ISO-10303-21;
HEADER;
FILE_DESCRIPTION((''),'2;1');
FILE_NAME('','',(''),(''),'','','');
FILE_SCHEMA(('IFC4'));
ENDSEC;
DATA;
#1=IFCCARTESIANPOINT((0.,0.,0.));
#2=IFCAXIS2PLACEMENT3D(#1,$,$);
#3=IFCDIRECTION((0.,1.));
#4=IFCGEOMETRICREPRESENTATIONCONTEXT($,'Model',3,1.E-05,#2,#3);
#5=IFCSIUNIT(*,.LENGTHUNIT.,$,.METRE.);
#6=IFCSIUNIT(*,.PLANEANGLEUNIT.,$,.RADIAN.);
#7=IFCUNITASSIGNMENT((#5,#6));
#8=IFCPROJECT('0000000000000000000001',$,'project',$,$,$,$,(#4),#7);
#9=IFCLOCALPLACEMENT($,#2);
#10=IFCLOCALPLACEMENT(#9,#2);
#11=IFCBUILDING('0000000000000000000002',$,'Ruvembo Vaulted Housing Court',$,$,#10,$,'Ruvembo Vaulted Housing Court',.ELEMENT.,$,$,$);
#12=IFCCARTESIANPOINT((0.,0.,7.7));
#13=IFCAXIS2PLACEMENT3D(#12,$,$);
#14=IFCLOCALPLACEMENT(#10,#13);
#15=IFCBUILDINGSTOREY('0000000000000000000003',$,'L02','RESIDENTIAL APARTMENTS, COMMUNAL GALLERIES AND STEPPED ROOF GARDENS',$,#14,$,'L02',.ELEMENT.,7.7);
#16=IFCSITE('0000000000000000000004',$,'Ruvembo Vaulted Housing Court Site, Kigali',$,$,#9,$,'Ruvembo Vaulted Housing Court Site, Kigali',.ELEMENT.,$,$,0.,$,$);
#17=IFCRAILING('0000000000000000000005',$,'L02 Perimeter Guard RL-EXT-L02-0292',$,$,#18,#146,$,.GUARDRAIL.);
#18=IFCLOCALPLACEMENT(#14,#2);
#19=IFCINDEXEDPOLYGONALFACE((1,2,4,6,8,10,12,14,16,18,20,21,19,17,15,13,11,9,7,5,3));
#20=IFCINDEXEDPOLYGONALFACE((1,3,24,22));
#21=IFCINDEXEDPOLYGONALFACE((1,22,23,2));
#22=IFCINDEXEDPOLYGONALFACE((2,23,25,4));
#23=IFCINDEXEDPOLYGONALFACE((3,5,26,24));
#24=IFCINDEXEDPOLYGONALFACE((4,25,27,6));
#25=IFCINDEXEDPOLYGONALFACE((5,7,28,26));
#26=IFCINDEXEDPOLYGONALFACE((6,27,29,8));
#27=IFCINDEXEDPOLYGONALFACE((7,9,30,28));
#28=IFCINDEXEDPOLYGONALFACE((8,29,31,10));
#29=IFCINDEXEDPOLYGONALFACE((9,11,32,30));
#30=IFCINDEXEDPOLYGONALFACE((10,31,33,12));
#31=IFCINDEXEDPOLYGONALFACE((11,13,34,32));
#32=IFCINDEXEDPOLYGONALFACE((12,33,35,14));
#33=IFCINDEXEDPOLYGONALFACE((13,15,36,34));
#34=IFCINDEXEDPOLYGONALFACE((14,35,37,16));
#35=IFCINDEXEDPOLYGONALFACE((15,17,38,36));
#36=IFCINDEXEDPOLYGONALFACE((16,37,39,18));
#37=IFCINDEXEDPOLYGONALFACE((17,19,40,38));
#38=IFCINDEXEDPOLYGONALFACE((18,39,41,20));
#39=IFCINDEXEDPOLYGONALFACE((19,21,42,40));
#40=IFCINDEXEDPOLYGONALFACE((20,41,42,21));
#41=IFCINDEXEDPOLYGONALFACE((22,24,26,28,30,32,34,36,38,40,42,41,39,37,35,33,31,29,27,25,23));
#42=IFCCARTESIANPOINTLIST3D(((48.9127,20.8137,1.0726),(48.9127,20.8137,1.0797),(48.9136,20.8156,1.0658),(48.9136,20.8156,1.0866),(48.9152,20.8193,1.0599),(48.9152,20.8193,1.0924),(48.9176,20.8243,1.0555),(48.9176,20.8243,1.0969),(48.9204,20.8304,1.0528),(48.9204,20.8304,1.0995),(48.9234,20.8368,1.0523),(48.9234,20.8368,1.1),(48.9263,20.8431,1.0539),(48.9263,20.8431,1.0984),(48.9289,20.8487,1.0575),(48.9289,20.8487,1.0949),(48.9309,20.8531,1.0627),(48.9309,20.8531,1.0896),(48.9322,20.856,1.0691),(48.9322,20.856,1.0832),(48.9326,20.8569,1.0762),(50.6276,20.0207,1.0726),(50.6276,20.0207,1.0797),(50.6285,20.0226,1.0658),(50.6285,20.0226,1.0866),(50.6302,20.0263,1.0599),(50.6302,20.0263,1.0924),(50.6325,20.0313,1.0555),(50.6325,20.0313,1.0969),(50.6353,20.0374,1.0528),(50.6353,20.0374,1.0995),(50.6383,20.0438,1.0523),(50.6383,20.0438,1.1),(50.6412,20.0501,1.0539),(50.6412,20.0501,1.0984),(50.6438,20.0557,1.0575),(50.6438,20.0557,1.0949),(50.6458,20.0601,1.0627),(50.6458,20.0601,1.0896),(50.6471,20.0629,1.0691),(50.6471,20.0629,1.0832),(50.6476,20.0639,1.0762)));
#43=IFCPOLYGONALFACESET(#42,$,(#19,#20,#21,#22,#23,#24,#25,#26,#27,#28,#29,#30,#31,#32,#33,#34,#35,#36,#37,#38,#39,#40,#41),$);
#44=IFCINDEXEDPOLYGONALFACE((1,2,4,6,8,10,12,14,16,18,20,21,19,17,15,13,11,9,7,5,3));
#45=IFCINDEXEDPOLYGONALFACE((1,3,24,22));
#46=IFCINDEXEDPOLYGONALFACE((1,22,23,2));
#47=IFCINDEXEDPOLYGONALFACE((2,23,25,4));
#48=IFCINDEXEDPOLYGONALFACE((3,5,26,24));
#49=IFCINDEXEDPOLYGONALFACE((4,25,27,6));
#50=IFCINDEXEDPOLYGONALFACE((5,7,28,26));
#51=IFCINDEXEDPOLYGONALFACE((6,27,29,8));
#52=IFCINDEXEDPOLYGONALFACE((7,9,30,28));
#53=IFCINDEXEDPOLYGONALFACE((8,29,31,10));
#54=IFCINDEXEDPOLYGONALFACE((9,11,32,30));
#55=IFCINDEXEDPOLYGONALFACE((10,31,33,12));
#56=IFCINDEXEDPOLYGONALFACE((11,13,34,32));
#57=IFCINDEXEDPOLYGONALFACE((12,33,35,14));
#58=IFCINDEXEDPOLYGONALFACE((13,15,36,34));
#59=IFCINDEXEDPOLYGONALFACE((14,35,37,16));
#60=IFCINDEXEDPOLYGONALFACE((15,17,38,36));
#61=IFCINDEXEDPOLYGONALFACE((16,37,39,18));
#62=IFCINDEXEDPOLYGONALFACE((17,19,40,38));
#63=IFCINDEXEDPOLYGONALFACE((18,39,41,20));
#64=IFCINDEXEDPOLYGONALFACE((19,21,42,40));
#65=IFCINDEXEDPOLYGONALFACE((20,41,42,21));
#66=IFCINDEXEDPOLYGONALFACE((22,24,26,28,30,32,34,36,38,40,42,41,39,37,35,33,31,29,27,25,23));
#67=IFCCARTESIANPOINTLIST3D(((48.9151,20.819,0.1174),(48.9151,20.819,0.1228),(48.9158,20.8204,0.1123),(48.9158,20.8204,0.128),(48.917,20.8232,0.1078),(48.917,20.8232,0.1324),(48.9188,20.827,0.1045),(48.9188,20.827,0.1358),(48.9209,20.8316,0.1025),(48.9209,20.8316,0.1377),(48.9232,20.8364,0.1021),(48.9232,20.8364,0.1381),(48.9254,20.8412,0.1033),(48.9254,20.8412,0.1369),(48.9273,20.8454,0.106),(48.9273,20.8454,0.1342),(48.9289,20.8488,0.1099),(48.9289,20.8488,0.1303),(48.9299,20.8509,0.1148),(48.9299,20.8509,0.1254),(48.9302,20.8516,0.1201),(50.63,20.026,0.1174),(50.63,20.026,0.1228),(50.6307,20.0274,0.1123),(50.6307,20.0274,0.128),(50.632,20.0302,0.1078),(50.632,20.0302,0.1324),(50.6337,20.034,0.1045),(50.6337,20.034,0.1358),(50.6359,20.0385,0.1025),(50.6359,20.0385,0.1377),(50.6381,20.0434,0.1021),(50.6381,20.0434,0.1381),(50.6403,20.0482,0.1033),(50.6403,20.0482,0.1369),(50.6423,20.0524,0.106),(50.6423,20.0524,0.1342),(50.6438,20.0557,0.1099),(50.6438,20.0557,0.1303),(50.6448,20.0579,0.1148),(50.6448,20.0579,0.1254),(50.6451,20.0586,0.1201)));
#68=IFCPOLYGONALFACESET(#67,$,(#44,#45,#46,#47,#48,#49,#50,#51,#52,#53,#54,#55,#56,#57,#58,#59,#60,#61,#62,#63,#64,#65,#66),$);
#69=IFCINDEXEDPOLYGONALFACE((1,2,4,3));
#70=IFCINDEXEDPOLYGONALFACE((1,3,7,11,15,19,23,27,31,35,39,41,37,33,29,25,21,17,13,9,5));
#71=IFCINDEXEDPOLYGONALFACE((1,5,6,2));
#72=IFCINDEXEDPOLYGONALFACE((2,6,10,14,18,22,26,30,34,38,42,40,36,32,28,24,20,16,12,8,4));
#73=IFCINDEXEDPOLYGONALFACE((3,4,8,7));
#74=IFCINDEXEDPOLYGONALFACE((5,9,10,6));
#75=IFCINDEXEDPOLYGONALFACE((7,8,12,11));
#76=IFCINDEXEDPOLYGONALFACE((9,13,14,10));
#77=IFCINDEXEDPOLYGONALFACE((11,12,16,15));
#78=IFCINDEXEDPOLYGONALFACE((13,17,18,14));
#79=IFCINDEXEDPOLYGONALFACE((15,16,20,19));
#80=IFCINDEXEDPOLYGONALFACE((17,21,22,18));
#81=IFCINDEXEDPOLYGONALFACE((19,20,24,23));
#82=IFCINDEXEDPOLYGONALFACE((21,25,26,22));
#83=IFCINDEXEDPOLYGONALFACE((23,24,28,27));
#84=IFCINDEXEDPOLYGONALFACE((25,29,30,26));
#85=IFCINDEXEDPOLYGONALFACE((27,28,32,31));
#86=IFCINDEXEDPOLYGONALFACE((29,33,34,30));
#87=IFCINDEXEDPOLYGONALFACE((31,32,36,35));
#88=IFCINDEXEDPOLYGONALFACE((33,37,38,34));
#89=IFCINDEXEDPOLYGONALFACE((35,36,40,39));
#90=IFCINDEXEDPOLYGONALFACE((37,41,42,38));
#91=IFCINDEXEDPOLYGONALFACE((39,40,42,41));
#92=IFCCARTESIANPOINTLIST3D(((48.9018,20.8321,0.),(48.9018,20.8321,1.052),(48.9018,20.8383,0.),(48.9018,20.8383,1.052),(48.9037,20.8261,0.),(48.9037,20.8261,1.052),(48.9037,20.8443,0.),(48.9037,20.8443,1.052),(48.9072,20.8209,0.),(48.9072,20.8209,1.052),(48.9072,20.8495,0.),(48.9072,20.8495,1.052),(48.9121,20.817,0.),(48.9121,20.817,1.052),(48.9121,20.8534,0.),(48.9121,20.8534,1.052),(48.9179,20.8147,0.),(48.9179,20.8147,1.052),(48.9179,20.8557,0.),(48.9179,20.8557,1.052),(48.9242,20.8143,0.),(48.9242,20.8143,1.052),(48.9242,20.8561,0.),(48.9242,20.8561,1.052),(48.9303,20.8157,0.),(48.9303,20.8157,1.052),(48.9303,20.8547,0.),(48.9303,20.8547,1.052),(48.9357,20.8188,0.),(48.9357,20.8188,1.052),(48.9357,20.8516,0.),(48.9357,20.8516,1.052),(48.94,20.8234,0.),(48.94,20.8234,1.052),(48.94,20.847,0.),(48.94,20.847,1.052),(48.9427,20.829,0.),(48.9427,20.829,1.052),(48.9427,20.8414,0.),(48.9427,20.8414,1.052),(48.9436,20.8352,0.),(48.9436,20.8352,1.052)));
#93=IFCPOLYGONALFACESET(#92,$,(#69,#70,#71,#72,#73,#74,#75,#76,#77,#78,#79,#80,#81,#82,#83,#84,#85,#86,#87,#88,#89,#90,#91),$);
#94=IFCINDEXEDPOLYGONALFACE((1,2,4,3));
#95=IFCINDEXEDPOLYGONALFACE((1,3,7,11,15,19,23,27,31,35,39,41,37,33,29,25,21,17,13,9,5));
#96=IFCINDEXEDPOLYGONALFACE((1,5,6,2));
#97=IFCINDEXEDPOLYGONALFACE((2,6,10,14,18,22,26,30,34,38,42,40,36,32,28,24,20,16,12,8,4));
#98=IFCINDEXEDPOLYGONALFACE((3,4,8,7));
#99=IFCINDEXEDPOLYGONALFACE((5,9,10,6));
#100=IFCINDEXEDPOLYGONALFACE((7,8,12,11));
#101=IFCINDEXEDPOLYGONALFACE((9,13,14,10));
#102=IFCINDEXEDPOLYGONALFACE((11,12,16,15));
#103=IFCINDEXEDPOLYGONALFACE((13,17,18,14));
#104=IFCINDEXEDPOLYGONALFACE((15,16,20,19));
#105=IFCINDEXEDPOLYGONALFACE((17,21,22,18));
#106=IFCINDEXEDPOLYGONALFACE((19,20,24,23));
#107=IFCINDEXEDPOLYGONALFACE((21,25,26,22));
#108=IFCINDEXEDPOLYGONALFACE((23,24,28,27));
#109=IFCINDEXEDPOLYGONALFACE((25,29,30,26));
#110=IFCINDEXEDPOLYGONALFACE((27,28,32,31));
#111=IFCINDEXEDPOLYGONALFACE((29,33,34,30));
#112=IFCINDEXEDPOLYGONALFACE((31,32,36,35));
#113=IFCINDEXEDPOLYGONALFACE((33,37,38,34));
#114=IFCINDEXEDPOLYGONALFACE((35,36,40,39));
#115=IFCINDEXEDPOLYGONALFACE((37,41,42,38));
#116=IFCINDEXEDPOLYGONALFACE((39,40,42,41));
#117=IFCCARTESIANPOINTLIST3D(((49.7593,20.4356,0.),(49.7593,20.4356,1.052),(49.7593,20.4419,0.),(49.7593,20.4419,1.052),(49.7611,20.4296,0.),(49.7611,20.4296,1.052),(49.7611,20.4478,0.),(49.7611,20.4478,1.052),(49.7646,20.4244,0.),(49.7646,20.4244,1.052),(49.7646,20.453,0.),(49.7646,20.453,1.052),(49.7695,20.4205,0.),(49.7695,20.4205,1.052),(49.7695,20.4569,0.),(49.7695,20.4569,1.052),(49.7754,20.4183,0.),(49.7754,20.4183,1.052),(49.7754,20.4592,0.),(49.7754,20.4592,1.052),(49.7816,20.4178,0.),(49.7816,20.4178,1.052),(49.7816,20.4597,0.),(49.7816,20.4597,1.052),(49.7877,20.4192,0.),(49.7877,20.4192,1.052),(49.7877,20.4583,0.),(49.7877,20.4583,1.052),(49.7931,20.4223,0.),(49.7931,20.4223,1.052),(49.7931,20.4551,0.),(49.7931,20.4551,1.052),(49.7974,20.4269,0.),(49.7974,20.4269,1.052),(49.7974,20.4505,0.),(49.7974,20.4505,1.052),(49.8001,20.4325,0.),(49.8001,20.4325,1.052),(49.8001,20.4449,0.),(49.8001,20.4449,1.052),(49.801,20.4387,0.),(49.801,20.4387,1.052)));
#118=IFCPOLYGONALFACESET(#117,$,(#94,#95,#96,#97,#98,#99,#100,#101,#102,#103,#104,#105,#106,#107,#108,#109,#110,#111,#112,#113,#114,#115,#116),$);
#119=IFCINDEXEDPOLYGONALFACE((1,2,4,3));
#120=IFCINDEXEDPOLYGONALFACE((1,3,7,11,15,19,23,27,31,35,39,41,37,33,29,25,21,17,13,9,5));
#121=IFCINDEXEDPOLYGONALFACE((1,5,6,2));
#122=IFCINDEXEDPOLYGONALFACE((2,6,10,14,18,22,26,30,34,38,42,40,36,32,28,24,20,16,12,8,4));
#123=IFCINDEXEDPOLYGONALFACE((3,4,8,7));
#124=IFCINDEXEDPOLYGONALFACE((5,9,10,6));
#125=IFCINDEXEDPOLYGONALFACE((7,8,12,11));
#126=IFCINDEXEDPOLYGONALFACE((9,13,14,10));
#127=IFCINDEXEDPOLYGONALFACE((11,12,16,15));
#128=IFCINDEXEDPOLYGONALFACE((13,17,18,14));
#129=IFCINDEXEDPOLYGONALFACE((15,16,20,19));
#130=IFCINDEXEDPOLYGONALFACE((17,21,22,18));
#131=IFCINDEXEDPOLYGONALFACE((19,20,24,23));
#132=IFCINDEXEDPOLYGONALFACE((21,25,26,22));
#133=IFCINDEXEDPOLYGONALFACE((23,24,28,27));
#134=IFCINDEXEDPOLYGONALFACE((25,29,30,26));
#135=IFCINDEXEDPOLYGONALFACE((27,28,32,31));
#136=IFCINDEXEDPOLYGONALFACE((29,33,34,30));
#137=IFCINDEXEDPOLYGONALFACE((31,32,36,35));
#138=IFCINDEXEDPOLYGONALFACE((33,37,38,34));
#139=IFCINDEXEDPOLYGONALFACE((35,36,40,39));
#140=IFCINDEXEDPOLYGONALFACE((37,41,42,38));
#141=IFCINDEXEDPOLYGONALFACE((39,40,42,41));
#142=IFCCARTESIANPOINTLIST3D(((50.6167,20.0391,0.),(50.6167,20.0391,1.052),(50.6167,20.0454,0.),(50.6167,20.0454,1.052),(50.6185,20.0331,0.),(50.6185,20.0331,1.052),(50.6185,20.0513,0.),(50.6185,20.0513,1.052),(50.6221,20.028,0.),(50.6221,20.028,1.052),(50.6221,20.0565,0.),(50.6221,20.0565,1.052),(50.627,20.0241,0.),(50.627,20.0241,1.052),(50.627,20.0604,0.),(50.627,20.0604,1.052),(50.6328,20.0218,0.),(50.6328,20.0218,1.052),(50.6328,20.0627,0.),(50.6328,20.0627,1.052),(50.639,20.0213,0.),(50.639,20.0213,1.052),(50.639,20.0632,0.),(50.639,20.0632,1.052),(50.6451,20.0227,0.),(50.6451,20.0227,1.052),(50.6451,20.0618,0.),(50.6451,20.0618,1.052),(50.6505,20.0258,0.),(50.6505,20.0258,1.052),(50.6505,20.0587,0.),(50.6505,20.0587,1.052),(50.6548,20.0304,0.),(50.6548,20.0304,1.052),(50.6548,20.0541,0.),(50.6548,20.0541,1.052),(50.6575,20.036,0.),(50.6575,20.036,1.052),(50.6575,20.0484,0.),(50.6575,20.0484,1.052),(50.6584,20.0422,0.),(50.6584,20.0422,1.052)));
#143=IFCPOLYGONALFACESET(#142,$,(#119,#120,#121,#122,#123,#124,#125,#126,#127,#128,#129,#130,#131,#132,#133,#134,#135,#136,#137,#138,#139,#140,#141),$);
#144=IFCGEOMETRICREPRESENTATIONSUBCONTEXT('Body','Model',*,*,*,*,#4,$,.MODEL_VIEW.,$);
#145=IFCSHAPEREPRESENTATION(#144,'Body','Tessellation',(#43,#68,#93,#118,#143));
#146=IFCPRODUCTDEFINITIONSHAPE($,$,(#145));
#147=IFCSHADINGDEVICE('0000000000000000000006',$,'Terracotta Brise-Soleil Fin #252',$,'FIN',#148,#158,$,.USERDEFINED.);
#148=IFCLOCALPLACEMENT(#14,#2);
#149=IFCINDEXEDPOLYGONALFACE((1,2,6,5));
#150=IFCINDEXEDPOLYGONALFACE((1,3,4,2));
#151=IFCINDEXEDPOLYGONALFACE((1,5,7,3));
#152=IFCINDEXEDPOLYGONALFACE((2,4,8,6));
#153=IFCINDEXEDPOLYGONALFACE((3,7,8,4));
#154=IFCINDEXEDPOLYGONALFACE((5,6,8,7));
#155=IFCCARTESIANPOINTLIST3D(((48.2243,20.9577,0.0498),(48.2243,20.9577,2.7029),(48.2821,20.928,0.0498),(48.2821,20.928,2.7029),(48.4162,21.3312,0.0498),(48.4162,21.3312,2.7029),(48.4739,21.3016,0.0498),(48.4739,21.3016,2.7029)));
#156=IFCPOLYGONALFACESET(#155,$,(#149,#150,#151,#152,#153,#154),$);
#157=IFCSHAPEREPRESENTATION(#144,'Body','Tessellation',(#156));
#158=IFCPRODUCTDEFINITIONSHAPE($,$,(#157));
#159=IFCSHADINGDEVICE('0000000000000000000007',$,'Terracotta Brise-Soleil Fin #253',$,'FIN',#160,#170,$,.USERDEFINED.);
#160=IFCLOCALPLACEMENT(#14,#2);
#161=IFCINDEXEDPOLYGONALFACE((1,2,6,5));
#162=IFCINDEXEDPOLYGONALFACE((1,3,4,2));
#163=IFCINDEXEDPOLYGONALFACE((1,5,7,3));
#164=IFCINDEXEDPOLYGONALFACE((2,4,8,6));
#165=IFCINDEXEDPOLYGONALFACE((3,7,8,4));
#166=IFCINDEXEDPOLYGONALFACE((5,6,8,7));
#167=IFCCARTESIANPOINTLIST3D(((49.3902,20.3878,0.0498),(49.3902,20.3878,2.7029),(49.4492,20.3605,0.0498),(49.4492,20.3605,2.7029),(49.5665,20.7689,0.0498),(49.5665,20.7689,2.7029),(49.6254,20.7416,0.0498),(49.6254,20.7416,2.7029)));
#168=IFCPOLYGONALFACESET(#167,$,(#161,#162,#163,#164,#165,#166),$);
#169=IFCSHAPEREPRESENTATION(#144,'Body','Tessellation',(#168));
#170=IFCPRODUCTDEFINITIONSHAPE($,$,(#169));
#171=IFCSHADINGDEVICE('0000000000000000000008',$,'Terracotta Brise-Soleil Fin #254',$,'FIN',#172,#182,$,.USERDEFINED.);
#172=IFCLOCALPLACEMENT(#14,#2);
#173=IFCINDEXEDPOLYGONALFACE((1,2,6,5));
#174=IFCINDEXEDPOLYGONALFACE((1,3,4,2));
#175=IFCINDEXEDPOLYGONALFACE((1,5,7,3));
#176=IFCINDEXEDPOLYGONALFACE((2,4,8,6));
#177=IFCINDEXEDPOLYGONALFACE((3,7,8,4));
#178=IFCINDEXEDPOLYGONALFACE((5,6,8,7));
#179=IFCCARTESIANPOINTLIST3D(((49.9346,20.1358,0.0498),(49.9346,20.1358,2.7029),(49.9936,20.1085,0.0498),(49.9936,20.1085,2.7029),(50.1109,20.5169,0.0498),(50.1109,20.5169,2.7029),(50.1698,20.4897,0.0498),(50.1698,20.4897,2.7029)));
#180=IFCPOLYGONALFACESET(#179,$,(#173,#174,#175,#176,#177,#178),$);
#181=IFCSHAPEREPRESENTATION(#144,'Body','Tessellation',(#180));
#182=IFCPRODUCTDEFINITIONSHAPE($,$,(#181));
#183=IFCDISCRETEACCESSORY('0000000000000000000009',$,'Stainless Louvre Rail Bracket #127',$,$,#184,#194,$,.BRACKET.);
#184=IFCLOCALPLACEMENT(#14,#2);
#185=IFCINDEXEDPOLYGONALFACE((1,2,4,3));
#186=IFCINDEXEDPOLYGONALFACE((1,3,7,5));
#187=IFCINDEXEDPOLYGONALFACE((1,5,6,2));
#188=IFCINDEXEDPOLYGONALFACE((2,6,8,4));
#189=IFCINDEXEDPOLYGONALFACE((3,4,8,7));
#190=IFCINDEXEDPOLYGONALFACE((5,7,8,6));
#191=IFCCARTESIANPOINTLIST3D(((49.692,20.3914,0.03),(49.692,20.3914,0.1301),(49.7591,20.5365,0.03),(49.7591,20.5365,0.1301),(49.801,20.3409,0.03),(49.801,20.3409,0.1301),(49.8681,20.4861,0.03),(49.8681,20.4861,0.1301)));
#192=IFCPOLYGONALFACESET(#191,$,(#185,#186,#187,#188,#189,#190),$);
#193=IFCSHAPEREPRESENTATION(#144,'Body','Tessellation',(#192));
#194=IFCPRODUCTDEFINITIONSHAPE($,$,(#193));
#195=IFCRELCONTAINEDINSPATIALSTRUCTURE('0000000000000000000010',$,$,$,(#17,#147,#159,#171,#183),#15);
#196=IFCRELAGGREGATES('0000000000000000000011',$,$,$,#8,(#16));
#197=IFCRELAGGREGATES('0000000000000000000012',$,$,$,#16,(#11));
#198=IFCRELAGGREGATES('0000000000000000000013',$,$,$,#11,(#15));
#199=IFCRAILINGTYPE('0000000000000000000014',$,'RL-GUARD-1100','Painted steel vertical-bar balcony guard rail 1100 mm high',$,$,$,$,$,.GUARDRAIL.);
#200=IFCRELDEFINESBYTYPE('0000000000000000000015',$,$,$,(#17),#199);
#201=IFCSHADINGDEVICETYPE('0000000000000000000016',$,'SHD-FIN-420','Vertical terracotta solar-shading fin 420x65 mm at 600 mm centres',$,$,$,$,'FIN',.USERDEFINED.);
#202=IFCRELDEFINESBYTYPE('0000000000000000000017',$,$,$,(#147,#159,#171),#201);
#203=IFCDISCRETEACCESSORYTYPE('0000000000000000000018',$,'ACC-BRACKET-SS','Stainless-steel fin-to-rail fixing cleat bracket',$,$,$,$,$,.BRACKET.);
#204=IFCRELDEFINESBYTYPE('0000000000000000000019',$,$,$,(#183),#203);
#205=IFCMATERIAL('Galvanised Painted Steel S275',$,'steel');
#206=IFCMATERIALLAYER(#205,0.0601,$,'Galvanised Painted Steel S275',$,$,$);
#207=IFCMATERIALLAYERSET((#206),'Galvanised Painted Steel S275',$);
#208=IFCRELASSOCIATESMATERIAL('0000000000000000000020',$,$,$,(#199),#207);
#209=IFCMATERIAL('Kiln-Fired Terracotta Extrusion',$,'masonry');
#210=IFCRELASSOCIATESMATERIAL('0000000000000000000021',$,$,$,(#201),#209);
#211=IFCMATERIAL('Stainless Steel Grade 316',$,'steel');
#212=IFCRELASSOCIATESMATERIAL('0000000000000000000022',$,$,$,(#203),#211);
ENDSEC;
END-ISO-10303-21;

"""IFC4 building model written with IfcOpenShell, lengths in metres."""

from ifc_helpers import new_model, si_unit, direction, frame, origin, origin_2d, place, context, subcontext, project, spatial, rectangle, circle, extrude, material, layer, layer_set, type_object, element, save


model = new_model("IFC4")

# Units and contexts
model_context = context("Model", 3, precision=1e-05, world=origin(), true_north=direction((0.0, 1.0)))
body_context = subcontext(model_context, "Body", "Model", "MODEL_VIEW")
ifc_project = project(units=[si_unit("LENGTHUNIT", "METRE"), si_unit("PLANEANGLEUNIT", "RADIAN")], contexts=[model_context])

# Site, building, storey
site_placement = place(None, origin())
site = spatial("IfcSite", under=ifc_project, at=site_placement, Name="Ruvembo Vaulted Housing Court Site, Kigali", LongName="Ruvembo Vaulted Housing Court Site, Kigali", CompositionType="ELEMENT", RefElevation=0.0)
building_placement = place(site_placement, origin())
building = spatial("IfcBuilding", under=site, at=building_placement, Name="Ruvembo Vaulted Housing Court", LongName="Ruvembo Vaulted Housing Court", CompositionType="ELEMENT")
storey_placement = place(building_placement, frame((0.0, 0.0, 7.7)))
storey = spatial("IfcBuildingStorey", under=building, at=storey_placement, Name="L02", Description="RESIDENTIAL APARTMENTS, COMMUNAL GALLERIES AND STEPPED ROOF GARDENS", LongName="L02", CompositionType="ELEMENT", Elevation=7.7)

# Railing
ifc_material_1 = material(Name="Galvanised Painted Steel S275", Category="steel")
ifc_layer_1 = layer(ifc_material_1, 0.0601, Name="Galvanised Painted Steel S275")
ifc_layer_set_1 = layer_set([ifc_layer_1], Name="Galvanised Painted Steel S275")
railing_type = type_object("IfcRailingType", Name="RL-GUARD-1100", Description="Painted steel vertical-bar balcony guard rail 1100 mm high", PredefinedType="GUARDRAIL", material=ifc_layer_set_1)
railing_placement = place(storey_placement, frame((48.9226, 20.8352, 0.0)))
element("IfcRailing", 1, at=railing_placement, inside=storey, type_object=railing_type, Name="L02 Perimeter Guard RL-EXT-L02-0292", PredefinedType="GUARDRAIL", context=body_context, shape_type="SweptSolid", body=[
    extrude(circle(Radius=0.0239, at=origin_2d()), frame((0.0, 0.0, 1.0762), z_axis=(0.907657, -0.419714, 0.0), x_axis=(0.419714, 0.907657, 0.0)), (0.0, 0.0, 1.0), 1.8894),
    extrude(circle(Radius=0.0181, at=origin_2d()), frame((0.0, 0.0, 0.1201), z_axis=(0.907657, -0.419714, 0.0), x_axis=(0.419714, 0.907657, 0.0)), (0.0, 0.0, 1.0), 1.8894),
    extrude(circle(Radius=0.021, at=origin_2d()), origin(), (0.0, 0.0, 1.0), 1.052),
    extrude(circle(Radius=0.021, at=origin_2d()), frame((0.8574, -0.3965, 0.0)), (0.0, 0.0, 1.0), 1.052),
    extrude(circle(Radius=0.021, at=origin_2d()), frame((1.7148, -0.793, 0.0)), (0.0, 0.0, 1.0), 1.052),
])

# Shading devices
ifc_material_2 = material(Name="Kiln-Fired Terracotta Extrusion", Category="masonry")
shading_device_type = type_object("IfcShadingDeviceType", Name="SHD-FIN-420", Description="Vertical terracotta solar-shading fin 420x65 mm at 600 mm centres", ElementType="FIN", PredefinedType="USERDEFINED", material=ifc_material_2)
for number, where, z_axis, x_axis, name in (
    (2, (48.3491, 21.1296, 0.0498), (0.0, 0.0, 1.0), (-0.45685, -0.889544, 0.0), "Terracotta Brise-Soleil Fin #252"),
    (3, (49.5078, 20.5647, 0.0498), (0.0, 0.0, 1.0), (-0.419737, -0.907646, 0.0), "Terracotta Brise-Soleil Fin #253"),
    (4, (50.0522, 20.3127, 0.0498), (0.0, 0.0, 1.0), (-0.419737, -0.907646, 0.0), "Terracotta Brise-Soleil Fin #254"),
):
    element("IfcShadingDevice", number, at=place(storey_placement, frame(where, z_axis=z_axis, x_axis=x_axis)), inside=storey, type_object=shading_device_type, Name=name, ObjectType="FIN", PredefinedType="USERDEFINED", context=body_context, shape_type="SweptSolid", body=[
        extrude(rectangle(XDim=0.4199, YDim=0.0649, at=origin_2d()), origin(), (0.0, 0.0, 1.0), 2.6531),
    ])

# Discrete accessory
ifc_material_3 = material(Name="Stainless Steel Grade 316", Category="steel")
discrete_accessory_type = type_object("IfcDiscreteAccessoryType", Name="ACC-BRACKET-SS", Description="Stainless-steel fin-to-rail fixing cleat bracket", PredefinedType="BRACKET", material=ifc_material_3)
discrete_accessory_placement = place(storey_placement, frame((49.78, 20.4387, 0.03), z_axis=(0.0, 0.0, 1.0), x_axis=(-0.419737, -0.907646, 0.0)))
element("IfcDiscreteAccessory", 5, at=discrete_accessory_placement, inside=storey, type_object=discrete_accessory_type, Name="Stainless Louvre Rail Bracket #127", PredefinedType="BRACKET", context=body_context, shape_type="SweptSolid", body=[
    extrude(rectangle(XDim=0.1599, YDim=0.1201, at=origin_2d()), origin(), (0.0, 0.0, 1.0), 0.1001),
])

save(model, "model.ifc")
